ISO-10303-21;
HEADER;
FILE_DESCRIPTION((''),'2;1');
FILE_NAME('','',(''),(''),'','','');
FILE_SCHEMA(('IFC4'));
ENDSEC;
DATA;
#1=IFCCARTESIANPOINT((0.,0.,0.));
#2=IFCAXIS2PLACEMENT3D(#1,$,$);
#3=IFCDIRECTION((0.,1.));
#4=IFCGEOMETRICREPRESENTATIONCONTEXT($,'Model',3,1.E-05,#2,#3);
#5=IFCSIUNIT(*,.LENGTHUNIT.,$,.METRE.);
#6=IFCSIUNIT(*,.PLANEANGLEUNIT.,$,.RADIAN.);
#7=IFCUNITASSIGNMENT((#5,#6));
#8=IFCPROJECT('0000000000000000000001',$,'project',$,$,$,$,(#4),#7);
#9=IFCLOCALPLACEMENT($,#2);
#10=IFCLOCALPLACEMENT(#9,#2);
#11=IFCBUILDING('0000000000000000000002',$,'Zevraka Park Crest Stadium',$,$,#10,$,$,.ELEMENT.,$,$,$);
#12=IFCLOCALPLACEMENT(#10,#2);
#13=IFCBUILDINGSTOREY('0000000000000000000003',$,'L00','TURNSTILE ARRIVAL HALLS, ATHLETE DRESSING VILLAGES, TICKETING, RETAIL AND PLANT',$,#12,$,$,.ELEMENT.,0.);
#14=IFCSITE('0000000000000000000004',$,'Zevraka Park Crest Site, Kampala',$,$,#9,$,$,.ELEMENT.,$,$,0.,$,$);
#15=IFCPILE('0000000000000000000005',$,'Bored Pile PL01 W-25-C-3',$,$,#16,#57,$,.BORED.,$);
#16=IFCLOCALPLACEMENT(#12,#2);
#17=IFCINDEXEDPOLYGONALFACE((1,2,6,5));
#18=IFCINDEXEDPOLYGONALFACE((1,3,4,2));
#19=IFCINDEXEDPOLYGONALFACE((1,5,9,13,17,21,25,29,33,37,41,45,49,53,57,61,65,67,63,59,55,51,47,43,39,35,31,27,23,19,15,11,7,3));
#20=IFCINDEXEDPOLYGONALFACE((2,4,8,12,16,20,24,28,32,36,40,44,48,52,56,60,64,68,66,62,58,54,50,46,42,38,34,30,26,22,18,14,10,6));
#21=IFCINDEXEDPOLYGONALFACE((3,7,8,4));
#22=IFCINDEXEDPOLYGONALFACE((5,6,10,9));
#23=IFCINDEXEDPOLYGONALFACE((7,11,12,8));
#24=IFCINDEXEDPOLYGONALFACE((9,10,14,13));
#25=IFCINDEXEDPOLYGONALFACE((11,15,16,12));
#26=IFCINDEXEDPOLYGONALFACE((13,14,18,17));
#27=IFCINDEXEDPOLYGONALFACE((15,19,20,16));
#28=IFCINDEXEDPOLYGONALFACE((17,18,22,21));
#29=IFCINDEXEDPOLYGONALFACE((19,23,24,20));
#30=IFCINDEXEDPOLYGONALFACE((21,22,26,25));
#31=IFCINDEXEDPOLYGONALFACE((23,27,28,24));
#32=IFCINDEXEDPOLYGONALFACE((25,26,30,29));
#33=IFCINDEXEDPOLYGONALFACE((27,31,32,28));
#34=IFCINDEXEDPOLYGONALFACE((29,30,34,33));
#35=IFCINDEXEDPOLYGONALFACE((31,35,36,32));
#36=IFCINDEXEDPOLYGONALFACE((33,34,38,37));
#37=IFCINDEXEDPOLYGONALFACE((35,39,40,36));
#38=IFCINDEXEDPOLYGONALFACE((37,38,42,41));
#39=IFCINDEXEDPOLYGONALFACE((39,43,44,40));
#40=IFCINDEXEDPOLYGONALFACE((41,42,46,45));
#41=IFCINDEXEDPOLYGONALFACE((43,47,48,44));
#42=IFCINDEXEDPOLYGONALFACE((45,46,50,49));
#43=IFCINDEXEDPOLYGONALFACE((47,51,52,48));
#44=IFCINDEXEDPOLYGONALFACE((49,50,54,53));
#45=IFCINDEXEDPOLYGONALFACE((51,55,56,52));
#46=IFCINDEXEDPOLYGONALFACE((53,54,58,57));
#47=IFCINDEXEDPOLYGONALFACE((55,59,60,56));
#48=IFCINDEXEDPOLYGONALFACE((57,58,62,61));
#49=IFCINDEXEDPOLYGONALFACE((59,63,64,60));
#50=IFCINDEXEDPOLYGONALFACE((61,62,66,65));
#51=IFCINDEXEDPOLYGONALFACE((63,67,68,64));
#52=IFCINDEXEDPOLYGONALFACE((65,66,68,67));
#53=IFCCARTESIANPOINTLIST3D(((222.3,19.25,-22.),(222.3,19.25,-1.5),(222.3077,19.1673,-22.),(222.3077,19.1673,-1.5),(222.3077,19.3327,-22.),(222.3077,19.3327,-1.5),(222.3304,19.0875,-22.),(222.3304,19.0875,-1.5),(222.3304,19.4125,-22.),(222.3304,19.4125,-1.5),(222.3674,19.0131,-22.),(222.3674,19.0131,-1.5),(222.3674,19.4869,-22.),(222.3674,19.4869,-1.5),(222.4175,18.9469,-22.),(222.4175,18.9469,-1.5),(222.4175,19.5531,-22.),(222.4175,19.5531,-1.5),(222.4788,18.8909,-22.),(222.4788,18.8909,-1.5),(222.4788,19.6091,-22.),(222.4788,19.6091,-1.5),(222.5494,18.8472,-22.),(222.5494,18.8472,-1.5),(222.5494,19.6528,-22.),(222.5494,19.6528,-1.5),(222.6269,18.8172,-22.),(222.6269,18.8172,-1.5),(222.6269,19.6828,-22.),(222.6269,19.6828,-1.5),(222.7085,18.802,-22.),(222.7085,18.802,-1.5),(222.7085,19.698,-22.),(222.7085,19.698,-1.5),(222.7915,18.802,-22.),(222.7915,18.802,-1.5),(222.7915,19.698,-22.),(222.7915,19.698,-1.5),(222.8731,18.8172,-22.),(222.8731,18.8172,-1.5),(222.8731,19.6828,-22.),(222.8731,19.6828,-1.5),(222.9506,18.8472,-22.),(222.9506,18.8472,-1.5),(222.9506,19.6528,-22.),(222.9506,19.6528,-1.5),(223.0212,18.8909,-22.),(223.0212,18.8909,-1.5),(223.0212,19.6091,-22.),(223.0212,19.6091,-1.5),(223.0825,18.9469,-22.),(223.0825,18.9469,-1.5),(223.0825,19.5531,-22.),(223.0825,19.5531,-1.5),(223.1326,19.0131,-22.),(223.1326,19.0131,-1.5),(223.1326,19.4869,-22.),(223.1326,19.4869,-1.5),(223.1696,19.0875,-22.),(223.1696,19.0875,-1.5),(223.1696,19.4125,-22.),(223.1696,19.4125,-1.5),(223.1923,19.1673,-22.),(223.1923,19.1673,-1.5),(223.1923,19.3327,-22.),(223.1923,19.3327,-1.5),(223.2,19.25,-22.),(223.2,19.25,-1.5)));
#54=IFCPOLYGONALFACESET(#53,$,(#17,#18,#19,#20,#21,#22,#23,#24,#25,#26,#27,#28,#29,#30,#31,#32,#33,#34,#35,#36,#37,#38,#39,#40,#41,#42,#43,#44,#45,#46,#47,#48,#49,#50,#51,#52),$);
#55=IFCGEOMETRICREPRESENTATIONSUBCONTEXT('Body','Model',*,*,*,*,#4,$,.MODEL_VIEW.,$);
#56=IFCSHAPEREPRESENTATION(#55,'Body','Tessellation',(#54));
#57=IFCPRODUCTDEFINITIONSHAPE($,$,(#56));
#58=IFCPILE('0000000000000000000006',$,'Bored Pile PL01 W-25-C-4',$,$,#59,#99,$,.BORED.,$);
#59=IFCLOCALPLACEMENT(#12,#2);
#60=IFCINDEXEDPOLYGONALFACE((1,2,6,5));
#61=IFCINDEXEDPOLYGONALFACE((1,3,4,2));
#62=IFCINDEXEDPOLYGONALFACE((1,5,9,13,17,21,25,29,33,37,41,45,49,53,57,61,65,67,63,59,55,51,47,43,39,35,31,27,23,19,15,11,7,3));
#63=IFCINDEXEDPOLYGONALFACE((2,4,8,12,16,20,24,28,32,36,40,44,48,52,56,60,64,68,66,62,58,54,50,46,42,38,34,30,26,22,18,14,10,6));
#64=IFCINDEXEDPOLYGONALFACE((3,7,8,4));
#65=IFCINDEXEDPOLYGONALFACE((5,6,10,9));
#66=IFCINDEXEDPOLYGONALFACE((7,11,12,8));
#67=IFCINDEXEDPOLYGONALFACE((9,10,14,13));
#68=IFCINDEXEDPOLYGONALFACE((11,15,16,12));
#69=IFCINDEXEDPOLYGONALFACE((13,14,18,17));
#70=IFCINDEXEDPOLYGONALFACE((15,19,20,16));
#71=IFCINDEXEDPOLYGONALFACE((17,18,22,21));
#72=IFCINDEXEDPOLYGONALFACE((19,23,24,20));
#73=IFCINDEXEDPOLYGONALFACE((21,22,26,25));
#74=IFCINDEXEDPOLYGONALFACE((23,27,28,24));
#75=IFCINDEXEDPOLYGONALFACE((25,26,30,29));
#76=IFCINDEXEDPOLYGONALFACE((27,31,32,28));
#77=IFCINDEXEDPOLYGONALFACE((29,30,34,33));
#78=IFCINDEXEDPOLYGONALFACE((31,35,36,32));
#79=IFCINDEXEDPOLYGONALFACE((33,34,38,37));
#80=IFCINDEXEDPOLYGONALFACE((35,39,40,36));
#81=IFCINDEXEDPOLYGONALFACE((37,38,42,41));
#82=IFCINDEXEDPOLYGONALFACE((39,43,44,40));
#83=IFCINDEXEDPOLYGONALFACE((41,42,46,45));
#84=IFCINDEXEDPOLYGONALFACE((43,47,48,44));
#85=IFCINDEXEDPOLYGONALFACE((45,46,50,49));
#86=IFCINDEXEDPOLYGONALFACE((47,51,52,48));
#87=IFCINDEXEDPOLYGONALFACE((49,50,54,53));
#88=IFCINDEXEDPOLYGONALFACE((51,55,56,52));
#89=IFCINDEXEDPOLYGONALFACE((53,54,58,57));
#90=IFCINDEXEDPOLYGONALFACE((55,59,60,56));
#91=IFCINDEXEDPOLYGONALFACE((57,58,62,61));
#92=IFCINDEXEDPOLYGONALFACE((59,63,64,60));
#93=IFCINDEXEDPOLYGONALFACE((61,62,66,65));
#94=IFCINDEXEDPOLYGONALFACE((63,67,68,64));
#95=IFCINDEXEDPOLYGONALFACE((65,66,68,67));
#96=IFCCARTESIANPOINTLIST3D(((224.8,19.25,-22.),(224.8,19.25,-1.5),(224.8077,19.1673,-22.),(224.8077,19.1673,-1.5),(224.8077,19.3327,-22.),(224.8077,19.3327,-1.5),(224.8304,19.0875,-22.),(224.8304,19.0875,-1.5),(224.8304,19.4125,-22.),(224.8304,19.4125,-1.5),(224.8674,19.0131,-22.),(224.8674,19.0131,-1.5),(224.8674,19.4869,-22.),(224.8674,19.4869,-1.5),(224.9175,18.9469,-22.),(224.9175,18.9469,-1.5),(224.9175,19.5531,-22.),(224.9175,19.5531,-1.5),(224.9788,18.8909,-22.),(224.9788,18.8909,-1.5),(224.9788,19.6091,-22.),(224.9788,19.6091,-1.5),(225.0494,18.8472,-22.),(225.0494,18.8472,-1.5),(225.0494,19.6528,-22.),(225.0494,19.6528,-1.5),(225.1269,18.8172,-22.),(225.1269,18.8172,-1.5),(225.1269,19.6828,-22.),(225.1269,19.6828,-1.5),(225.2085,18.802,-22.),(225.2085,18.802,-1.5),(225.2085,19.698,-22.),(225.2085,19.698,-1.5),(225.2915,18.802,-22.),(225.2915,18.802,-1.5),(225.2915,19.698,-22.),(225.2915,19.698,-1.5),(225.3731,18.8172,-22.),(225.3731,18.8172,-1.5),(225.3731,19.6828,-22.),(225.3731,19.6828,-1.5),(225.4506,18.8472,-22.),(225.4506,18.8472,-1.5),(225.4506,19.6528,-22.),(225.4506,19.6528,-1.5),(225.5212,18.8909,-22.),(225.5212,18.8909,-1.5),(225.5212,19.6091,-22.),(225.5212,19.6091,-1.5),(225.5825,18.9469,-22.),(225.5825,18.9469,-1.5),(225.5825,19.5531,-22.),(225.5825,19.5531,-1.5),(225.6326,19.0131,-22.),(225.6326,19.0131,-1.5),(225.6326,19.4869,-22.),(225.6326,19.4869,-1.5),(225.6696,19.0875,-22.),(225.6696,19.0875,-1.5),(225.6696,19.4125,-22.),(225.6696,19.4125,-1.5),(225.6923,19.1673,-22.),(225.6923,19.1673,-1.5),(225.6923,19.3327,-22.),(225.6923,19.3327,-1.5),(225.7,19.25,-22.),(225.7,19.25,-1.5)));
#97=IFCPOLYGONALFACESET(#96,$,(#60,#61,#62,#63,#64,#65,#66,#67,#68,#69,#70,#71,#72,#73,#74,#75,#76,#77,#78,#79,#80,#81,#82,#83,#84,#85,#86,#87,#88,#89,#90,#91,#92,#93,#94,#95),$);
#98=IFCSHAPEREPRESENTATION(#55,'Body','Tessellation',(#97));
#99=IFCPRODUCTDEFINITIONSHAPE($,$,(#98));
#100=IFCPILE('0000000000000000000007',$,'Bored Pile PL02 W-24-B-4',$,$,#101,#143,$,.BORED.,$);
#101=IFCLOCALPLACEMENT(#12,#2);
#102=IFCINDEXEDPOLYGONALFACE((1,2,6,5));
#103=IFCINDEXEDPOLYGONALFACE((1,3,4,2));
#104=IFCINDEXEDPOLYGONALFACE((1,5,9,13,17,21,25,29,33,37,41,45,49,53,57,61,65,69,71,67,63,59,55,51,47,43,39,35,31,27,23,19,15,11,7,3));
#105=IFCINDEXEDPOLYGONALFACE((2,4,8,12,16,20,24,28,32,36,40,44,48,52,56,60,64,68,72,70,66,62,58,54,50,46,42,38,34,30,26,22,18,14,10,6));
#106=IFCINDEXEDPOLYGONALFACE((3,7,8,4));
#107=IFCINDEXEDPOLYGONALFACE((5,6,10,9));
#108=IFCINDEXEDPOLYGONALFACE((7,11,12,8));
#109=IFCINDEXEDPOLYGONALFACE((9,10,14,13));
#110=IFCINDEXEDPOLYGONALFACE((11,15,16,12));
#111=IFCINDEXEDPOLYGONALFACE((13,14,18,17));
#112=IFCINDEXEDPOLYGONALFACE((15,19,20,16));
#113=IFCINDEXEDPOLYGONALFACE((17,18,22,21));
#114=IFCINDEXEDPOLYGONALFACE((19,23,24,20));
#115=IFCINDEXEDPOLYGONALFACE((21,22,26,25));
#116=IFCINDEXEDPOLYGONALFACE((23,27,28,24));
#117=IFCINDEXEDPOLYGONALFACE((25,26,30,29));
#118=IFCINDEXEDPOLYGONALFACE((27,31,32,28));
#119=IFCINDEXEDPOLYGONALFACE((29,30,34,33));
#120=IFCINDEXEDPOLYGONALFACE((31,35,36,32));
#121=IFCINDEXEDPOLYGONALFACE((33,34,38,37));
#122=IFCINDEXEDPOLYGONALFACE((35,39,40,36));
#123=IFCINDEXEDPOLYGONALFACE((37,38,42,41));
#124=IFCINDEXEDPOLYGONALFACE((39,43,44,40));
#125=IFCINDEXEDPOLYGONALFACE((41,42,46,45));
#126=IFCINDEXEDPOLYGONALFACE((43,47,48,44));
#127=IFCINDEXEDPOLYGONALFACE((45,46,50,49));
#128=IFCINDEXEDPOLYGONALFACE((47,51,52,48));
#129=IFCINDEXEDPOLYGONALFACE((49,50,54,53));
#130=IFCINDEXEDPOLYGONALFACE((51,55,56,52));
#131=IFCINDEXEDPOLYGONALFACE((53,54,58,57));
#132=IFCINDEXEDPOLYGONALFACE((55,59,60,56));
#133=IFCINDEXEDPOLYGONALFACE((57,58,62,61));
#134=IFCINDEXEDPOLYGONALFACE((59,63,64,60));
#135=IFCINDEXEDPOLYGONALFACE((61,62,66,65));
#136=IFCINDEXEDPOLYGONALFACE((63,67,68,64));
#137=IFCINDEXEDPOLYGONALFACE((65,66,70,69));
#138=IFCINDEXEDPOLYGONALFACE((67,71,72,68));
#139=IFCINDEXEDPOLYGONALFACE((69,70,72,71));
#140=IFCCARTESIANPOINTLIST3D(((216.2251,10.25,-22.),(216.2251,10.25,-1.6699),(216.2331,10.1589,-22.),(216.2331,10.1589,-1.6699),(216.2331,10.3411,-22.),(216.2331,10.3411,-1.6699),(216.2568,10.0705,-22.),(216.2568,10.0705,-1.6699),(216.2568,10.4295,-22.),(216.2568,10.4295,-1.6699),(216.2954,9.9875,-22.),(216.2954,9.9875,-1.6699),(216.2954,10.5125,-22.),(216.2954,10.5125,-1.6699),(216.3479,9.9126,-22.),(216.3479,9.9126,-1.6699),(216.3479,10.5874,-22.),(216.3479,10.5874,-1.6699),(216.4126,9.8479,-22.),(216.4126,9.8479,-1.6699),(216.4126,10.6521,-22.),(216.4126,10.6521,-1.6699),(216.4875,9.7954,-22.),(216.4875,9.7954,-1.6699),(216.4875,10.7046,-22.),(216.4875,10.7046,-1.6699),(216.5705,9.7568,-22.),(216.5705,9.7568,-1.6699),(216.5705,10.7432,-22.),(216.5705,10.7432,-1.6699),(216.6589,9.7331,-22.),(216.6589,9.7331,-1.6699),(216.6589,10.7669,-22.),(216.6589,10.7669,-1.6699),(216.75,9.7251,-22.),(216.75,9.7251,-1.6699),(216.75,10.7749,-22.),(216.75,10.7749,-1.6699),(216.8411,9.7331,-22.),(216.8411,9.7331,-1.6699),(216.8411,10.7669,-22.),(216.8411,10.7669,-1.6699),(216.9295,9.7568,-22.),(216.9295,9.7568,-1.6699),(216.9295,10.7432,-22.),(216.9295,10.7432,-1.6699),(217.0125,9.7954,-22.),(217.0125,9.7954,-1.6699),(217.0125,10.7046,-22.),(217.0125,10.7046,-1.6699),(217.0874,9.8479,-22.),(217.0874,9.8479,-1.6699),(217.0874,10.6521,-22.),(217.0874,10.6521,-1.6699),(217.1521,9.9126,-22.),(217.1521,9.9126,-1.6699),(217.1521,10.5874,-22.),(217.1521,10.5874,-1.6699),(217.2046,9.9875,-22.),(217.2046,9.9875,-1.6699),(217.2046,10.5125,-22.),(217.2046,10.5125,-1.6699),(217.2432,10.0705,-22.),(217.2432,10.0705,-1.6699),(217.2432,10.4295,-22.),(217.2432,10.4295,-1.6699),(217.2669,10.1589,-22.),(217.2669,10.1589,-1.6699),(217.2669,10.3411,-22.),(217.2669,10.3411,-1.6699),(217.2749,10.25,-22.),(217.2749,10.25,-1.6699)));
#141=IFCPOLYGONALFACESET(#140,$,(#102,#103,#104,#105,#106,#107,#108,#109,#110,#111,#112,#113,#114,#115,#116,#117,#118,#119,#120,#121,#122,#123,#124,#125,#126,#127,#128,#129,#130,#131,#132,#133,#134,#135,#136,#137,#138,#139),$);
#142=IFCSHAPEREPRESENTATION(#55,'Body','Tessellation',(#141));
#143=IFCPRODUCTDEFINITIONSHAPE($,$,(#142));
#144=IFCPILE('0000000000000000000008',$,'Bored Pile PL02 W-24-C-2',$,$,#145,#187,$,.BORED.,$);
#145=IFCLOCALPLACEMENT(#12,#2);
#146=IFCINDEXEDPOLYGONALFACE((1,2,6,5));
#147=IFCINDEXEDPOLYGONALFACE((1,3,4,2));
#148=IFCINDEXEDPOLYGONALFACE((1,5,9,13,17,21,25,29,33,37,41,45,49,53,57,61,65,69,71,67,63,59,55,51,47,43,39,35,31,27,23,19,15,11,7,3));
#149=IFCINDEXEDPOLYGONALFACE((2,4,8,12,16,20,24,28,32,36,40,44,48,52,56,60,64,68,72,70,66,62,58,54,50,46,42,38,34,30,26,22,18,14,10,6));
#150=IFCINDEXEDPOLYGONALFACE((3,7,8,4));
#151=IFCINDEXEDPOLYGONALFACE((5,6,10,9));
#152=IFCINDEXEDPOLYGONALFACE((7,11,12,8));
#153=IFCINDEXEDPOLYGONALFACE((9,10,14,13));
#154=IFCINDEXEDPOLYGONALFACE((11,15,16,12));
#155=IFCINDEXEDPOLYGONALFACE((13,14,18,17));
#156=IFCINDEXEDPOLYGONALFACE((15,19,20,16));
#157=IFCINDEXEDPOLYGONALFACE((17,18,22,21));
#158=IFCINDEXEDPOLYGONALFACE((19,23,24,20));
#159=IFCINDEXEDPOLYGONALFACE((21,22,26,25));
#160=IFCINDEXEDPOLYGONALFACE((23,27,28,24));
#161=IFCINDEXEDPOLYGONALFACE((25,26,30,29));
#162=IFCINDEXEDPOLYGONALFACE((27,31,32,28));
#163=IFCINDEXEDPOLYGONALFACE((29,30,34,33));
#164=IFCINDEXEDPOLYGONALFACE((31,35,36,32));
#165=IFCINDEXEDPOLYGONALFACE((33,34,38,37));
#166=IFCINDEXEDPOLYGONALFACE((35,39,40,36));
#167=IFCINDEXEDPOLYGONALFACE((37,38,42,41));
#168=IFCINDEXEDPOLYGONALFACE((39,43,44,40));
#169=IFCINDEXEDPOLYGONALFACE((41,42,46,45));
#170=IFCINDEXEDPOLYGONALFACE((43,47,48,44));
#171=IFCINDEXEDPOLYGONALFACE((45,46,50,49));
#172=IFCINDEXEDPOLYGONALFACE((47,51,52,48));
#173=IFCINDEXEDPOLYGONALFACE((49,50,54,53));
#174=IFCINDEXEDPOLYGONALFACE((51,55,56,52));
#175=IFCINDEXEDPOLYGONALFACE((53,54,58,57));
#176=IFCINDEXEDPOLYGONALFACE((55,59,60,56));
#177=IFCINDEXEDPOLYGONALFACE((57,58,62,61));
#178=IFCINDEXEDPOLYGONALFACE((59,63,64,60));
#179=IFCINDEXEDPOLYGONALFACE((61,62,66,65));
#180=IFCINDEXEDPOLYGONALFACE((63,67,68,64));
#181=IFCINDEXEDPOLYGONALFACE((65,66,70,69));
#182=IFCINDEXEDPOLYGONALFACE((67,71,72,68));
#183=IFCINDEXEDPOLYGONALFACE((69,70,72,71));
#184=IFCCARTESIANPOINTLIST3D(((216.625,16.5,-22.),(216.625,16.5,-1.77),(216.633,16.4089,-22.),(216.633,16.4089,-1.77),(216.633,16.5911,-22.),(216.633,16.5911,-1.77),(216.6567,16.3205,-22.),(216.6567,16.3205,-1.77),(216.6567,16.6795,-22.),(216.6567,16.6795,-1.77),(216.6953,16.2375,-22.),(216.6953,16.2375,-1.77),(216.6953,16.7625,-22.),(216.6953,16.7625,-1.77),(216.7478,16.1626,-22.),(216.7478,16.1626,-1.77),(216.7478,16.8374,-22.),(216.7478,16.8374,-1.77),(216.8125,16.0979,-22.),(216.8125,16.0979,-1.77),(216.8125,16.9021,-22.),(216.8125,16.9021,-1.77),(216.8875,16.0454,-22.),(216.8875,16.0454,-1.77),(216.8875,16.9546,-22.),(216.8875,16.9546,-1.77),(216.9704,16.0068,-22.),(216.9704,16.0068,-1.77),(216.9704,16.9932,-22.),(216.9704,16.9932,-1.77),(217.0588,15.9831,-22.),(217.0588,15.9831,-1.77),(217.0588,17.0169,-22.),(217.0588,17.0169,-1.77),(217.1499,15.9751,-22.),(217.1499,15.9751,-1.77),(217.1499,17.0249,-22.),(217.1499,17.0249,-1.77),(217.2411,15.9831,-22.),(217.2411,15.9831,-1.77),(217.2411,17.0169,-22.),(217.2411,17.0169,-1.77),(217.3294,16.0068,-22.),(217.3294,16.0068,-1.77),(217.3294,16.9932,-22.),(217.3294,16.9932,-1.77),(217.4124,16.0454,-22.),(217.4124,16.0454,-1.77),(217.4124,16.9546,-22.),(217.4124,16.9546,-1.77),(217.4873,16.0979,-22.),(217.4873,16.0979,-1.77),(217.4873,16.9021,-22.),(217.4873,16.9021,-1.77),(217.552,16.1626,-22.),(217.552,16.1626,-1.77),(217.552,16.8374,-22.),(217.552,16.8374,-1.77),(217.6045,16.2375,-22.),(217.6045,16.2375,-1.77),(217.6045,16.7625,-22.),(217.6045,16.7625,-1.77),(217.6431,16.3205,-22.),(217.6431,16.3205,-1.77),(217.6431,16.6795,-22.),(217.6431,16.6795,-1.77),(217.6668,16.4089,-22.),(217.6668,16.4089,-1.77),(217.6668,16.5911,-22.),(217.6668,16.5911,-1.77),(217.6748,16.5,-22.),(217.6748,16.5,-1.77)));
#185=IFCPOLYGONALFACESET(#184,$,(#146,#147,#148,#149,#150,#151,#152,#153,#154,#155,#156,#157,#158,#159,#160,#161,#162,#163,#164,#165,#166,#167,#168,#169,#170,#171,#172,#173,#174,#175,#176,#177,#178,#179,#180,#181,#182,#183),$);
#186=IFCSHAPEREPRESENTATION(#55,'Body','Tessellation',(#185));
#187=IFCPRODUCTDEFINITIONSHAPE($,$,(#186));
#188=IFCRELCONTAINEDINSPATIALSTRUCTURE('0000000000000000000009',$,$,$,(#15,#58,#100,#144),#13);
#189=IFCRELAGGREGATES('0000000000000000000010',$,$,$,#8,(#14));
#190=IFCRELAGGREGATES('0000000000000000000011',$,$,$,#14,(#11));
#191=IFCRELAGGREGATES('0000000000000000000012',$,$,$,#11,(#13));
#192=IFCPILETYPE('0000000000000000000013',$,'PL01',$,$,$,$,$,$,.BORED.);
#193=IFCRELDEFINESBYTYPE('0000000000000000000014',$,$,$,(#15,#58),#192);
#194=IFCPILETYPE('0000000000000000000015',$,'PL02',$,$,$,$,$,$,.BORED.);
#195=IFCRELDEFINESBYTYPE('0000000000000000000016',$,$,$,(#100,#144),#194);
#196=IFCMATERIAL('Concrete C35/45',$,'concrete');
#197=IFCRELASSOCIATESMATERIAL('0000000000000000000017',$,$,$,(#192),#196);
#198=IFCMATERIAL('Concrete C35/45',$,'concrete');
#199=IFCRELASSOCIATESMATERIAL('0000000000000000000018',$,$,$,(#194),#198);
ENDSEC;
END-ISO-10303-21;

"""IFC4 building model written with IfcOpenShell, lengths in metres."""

from ifc_helpers import new_model, si_unit, direction, frame, origin, origin_2d, place, context, subcontext, project, spatial, circle, extrude, material, material_profile, profile_set, type_object, element, save


model = new_model("IFC4")

# Units and contexts
model_context = context("Model", 3, precision=1e-05, world=origin(), true_north=direction((0.0, 1.0)))
body_context = subcontext(model_context, "Body", "Model", "MODEL_VIEW")
ifc_project = project(units=[si_unit("LENGTHUNIT", "METRE"), si_unit("PLANEANGLEUNIT", "RADIAN")], contexts=[model_context])

# Site, building, storey
site_placement = place(None, origin())
site = spatial("IfcSite", under=ifc_project, at=site_placement, Name="Zevraka Park Crest Site, Kampala", CompositionType="ELEMENT", RefElevation=0.0)
building_placement = place(site_placement, origin())
building = spatial("IfcBuilding", under=site, at=building_placement, Name="Zevraka Park Crest Stadium", CompositionType="ELEMENT")
storey_placement = place(building_placement, origin())
storey = spatial("IfcBuildingStorey", under=building, at=storey_placement, Name="L00", Description="TURNSTILE ARRIVAL HALLS, ATHLETE DRESSING VILLAGES, TICKETING, RETAIL AND PLANT", CompositionType="ELEMENT", Elevation=0.0)

# Piles
ifc_material_1 = material(Name="Concrete C35/45", Category="concrete")
ifc_material_profile_1 = material_profile(ifc_material_1, circle(Radius=0.45, at=origin_2d()), Name="PILE D900")
ifc_profile_set_1 = profile_set([ifc_material_profile_1], Name="Concrete C35/45")
pile_type_1 = type_object("IfcPileType", Name="PL01", PredefinedType="BORED", material=ifc_profile_set_1)
for number, where, z_axis, x_axis, name in (
    (1, (222.75, 19.25, -1.5), (0.0, 0.0, -1.0), (1.0, 0.0, 0.0), "Bored Pile PL01 W-25-C-3"),
    (2, (225.25, 19.25, -1.5), (0.0, 0.0, -1.0), (1.0, 0.0, 0.0), "Bored Pile PL01 W-25-C-4"),
):
    element("IfcPile", number, at=place(storey_placement, frame(where, z_axis=z_axis, x_axis=x_axis)), inside=storey, type_object=pile_type_1, Name=name, PredefinedType="BORED", context=body_context, shape_type="SweptSolid", body=[
        extrude(circle(Radius=0.45, at=origin_2d()), origin(), (0.0, 0.0, 1.0), 20.5),
    ])
ifc_material_2 = material(Name="Concrete C35/45", Category="concrete")
ifc_material_profile_2 = material_profile(ifc_material_2, circle(Radius=0.5249, at=origin_2d()), Name="PILE D1050")
ifc_profile_set_2 = profile_set([ifc_material_profile_2], Name="Concrete C35/45")
pile_type_2 = type_object("IfcPileType", Name="PL02", PredefinedType="BORED", material=ifc_profile_set_2)
pile_placement = place(storey_placement, frame((216.75, 10.25, -1.6699), z_axis=(0.0, 0.0, -1.0), x_axis=(1.0, 0.0, 0.0)))
element("IfcPile", 3, at=pile_placement, inside=storey, type_object=pile_type_2, Name="Bored Pile PL02 W-24-B-4", PredefinedType="BORED", context=body_context, shape_type="SweptSolid", body=[
    extrude(circle(Radius=0.5249, at=origin_2d()), origin(), (0.0, 0.0, 1.0), 20.3301),
])
for number, where, z_axis, x_axis, name in (
    (4, (217.1499, 16.5, -1.77), (0.0, 0.0, -1.0), (1.0, 0.0, 0.0), "Bored Pile PL02 W-24-C-2"),
):
    element("IfcPile", number, at=place(storey_placement, frame(where, z_axis=z_axis, x_axis=x_axis)), inside=storey, type_object=pile_type_2, Name=name, PredefinedType="BORED", context=body_context, shape_type="SweptSolid", body=[
        extrude(circle(Radius=0.5249, at=origin_2d()), origin(), (0.0, 0.0, 1.0), 20.23),
    ])

save(model, "model.ifc")
